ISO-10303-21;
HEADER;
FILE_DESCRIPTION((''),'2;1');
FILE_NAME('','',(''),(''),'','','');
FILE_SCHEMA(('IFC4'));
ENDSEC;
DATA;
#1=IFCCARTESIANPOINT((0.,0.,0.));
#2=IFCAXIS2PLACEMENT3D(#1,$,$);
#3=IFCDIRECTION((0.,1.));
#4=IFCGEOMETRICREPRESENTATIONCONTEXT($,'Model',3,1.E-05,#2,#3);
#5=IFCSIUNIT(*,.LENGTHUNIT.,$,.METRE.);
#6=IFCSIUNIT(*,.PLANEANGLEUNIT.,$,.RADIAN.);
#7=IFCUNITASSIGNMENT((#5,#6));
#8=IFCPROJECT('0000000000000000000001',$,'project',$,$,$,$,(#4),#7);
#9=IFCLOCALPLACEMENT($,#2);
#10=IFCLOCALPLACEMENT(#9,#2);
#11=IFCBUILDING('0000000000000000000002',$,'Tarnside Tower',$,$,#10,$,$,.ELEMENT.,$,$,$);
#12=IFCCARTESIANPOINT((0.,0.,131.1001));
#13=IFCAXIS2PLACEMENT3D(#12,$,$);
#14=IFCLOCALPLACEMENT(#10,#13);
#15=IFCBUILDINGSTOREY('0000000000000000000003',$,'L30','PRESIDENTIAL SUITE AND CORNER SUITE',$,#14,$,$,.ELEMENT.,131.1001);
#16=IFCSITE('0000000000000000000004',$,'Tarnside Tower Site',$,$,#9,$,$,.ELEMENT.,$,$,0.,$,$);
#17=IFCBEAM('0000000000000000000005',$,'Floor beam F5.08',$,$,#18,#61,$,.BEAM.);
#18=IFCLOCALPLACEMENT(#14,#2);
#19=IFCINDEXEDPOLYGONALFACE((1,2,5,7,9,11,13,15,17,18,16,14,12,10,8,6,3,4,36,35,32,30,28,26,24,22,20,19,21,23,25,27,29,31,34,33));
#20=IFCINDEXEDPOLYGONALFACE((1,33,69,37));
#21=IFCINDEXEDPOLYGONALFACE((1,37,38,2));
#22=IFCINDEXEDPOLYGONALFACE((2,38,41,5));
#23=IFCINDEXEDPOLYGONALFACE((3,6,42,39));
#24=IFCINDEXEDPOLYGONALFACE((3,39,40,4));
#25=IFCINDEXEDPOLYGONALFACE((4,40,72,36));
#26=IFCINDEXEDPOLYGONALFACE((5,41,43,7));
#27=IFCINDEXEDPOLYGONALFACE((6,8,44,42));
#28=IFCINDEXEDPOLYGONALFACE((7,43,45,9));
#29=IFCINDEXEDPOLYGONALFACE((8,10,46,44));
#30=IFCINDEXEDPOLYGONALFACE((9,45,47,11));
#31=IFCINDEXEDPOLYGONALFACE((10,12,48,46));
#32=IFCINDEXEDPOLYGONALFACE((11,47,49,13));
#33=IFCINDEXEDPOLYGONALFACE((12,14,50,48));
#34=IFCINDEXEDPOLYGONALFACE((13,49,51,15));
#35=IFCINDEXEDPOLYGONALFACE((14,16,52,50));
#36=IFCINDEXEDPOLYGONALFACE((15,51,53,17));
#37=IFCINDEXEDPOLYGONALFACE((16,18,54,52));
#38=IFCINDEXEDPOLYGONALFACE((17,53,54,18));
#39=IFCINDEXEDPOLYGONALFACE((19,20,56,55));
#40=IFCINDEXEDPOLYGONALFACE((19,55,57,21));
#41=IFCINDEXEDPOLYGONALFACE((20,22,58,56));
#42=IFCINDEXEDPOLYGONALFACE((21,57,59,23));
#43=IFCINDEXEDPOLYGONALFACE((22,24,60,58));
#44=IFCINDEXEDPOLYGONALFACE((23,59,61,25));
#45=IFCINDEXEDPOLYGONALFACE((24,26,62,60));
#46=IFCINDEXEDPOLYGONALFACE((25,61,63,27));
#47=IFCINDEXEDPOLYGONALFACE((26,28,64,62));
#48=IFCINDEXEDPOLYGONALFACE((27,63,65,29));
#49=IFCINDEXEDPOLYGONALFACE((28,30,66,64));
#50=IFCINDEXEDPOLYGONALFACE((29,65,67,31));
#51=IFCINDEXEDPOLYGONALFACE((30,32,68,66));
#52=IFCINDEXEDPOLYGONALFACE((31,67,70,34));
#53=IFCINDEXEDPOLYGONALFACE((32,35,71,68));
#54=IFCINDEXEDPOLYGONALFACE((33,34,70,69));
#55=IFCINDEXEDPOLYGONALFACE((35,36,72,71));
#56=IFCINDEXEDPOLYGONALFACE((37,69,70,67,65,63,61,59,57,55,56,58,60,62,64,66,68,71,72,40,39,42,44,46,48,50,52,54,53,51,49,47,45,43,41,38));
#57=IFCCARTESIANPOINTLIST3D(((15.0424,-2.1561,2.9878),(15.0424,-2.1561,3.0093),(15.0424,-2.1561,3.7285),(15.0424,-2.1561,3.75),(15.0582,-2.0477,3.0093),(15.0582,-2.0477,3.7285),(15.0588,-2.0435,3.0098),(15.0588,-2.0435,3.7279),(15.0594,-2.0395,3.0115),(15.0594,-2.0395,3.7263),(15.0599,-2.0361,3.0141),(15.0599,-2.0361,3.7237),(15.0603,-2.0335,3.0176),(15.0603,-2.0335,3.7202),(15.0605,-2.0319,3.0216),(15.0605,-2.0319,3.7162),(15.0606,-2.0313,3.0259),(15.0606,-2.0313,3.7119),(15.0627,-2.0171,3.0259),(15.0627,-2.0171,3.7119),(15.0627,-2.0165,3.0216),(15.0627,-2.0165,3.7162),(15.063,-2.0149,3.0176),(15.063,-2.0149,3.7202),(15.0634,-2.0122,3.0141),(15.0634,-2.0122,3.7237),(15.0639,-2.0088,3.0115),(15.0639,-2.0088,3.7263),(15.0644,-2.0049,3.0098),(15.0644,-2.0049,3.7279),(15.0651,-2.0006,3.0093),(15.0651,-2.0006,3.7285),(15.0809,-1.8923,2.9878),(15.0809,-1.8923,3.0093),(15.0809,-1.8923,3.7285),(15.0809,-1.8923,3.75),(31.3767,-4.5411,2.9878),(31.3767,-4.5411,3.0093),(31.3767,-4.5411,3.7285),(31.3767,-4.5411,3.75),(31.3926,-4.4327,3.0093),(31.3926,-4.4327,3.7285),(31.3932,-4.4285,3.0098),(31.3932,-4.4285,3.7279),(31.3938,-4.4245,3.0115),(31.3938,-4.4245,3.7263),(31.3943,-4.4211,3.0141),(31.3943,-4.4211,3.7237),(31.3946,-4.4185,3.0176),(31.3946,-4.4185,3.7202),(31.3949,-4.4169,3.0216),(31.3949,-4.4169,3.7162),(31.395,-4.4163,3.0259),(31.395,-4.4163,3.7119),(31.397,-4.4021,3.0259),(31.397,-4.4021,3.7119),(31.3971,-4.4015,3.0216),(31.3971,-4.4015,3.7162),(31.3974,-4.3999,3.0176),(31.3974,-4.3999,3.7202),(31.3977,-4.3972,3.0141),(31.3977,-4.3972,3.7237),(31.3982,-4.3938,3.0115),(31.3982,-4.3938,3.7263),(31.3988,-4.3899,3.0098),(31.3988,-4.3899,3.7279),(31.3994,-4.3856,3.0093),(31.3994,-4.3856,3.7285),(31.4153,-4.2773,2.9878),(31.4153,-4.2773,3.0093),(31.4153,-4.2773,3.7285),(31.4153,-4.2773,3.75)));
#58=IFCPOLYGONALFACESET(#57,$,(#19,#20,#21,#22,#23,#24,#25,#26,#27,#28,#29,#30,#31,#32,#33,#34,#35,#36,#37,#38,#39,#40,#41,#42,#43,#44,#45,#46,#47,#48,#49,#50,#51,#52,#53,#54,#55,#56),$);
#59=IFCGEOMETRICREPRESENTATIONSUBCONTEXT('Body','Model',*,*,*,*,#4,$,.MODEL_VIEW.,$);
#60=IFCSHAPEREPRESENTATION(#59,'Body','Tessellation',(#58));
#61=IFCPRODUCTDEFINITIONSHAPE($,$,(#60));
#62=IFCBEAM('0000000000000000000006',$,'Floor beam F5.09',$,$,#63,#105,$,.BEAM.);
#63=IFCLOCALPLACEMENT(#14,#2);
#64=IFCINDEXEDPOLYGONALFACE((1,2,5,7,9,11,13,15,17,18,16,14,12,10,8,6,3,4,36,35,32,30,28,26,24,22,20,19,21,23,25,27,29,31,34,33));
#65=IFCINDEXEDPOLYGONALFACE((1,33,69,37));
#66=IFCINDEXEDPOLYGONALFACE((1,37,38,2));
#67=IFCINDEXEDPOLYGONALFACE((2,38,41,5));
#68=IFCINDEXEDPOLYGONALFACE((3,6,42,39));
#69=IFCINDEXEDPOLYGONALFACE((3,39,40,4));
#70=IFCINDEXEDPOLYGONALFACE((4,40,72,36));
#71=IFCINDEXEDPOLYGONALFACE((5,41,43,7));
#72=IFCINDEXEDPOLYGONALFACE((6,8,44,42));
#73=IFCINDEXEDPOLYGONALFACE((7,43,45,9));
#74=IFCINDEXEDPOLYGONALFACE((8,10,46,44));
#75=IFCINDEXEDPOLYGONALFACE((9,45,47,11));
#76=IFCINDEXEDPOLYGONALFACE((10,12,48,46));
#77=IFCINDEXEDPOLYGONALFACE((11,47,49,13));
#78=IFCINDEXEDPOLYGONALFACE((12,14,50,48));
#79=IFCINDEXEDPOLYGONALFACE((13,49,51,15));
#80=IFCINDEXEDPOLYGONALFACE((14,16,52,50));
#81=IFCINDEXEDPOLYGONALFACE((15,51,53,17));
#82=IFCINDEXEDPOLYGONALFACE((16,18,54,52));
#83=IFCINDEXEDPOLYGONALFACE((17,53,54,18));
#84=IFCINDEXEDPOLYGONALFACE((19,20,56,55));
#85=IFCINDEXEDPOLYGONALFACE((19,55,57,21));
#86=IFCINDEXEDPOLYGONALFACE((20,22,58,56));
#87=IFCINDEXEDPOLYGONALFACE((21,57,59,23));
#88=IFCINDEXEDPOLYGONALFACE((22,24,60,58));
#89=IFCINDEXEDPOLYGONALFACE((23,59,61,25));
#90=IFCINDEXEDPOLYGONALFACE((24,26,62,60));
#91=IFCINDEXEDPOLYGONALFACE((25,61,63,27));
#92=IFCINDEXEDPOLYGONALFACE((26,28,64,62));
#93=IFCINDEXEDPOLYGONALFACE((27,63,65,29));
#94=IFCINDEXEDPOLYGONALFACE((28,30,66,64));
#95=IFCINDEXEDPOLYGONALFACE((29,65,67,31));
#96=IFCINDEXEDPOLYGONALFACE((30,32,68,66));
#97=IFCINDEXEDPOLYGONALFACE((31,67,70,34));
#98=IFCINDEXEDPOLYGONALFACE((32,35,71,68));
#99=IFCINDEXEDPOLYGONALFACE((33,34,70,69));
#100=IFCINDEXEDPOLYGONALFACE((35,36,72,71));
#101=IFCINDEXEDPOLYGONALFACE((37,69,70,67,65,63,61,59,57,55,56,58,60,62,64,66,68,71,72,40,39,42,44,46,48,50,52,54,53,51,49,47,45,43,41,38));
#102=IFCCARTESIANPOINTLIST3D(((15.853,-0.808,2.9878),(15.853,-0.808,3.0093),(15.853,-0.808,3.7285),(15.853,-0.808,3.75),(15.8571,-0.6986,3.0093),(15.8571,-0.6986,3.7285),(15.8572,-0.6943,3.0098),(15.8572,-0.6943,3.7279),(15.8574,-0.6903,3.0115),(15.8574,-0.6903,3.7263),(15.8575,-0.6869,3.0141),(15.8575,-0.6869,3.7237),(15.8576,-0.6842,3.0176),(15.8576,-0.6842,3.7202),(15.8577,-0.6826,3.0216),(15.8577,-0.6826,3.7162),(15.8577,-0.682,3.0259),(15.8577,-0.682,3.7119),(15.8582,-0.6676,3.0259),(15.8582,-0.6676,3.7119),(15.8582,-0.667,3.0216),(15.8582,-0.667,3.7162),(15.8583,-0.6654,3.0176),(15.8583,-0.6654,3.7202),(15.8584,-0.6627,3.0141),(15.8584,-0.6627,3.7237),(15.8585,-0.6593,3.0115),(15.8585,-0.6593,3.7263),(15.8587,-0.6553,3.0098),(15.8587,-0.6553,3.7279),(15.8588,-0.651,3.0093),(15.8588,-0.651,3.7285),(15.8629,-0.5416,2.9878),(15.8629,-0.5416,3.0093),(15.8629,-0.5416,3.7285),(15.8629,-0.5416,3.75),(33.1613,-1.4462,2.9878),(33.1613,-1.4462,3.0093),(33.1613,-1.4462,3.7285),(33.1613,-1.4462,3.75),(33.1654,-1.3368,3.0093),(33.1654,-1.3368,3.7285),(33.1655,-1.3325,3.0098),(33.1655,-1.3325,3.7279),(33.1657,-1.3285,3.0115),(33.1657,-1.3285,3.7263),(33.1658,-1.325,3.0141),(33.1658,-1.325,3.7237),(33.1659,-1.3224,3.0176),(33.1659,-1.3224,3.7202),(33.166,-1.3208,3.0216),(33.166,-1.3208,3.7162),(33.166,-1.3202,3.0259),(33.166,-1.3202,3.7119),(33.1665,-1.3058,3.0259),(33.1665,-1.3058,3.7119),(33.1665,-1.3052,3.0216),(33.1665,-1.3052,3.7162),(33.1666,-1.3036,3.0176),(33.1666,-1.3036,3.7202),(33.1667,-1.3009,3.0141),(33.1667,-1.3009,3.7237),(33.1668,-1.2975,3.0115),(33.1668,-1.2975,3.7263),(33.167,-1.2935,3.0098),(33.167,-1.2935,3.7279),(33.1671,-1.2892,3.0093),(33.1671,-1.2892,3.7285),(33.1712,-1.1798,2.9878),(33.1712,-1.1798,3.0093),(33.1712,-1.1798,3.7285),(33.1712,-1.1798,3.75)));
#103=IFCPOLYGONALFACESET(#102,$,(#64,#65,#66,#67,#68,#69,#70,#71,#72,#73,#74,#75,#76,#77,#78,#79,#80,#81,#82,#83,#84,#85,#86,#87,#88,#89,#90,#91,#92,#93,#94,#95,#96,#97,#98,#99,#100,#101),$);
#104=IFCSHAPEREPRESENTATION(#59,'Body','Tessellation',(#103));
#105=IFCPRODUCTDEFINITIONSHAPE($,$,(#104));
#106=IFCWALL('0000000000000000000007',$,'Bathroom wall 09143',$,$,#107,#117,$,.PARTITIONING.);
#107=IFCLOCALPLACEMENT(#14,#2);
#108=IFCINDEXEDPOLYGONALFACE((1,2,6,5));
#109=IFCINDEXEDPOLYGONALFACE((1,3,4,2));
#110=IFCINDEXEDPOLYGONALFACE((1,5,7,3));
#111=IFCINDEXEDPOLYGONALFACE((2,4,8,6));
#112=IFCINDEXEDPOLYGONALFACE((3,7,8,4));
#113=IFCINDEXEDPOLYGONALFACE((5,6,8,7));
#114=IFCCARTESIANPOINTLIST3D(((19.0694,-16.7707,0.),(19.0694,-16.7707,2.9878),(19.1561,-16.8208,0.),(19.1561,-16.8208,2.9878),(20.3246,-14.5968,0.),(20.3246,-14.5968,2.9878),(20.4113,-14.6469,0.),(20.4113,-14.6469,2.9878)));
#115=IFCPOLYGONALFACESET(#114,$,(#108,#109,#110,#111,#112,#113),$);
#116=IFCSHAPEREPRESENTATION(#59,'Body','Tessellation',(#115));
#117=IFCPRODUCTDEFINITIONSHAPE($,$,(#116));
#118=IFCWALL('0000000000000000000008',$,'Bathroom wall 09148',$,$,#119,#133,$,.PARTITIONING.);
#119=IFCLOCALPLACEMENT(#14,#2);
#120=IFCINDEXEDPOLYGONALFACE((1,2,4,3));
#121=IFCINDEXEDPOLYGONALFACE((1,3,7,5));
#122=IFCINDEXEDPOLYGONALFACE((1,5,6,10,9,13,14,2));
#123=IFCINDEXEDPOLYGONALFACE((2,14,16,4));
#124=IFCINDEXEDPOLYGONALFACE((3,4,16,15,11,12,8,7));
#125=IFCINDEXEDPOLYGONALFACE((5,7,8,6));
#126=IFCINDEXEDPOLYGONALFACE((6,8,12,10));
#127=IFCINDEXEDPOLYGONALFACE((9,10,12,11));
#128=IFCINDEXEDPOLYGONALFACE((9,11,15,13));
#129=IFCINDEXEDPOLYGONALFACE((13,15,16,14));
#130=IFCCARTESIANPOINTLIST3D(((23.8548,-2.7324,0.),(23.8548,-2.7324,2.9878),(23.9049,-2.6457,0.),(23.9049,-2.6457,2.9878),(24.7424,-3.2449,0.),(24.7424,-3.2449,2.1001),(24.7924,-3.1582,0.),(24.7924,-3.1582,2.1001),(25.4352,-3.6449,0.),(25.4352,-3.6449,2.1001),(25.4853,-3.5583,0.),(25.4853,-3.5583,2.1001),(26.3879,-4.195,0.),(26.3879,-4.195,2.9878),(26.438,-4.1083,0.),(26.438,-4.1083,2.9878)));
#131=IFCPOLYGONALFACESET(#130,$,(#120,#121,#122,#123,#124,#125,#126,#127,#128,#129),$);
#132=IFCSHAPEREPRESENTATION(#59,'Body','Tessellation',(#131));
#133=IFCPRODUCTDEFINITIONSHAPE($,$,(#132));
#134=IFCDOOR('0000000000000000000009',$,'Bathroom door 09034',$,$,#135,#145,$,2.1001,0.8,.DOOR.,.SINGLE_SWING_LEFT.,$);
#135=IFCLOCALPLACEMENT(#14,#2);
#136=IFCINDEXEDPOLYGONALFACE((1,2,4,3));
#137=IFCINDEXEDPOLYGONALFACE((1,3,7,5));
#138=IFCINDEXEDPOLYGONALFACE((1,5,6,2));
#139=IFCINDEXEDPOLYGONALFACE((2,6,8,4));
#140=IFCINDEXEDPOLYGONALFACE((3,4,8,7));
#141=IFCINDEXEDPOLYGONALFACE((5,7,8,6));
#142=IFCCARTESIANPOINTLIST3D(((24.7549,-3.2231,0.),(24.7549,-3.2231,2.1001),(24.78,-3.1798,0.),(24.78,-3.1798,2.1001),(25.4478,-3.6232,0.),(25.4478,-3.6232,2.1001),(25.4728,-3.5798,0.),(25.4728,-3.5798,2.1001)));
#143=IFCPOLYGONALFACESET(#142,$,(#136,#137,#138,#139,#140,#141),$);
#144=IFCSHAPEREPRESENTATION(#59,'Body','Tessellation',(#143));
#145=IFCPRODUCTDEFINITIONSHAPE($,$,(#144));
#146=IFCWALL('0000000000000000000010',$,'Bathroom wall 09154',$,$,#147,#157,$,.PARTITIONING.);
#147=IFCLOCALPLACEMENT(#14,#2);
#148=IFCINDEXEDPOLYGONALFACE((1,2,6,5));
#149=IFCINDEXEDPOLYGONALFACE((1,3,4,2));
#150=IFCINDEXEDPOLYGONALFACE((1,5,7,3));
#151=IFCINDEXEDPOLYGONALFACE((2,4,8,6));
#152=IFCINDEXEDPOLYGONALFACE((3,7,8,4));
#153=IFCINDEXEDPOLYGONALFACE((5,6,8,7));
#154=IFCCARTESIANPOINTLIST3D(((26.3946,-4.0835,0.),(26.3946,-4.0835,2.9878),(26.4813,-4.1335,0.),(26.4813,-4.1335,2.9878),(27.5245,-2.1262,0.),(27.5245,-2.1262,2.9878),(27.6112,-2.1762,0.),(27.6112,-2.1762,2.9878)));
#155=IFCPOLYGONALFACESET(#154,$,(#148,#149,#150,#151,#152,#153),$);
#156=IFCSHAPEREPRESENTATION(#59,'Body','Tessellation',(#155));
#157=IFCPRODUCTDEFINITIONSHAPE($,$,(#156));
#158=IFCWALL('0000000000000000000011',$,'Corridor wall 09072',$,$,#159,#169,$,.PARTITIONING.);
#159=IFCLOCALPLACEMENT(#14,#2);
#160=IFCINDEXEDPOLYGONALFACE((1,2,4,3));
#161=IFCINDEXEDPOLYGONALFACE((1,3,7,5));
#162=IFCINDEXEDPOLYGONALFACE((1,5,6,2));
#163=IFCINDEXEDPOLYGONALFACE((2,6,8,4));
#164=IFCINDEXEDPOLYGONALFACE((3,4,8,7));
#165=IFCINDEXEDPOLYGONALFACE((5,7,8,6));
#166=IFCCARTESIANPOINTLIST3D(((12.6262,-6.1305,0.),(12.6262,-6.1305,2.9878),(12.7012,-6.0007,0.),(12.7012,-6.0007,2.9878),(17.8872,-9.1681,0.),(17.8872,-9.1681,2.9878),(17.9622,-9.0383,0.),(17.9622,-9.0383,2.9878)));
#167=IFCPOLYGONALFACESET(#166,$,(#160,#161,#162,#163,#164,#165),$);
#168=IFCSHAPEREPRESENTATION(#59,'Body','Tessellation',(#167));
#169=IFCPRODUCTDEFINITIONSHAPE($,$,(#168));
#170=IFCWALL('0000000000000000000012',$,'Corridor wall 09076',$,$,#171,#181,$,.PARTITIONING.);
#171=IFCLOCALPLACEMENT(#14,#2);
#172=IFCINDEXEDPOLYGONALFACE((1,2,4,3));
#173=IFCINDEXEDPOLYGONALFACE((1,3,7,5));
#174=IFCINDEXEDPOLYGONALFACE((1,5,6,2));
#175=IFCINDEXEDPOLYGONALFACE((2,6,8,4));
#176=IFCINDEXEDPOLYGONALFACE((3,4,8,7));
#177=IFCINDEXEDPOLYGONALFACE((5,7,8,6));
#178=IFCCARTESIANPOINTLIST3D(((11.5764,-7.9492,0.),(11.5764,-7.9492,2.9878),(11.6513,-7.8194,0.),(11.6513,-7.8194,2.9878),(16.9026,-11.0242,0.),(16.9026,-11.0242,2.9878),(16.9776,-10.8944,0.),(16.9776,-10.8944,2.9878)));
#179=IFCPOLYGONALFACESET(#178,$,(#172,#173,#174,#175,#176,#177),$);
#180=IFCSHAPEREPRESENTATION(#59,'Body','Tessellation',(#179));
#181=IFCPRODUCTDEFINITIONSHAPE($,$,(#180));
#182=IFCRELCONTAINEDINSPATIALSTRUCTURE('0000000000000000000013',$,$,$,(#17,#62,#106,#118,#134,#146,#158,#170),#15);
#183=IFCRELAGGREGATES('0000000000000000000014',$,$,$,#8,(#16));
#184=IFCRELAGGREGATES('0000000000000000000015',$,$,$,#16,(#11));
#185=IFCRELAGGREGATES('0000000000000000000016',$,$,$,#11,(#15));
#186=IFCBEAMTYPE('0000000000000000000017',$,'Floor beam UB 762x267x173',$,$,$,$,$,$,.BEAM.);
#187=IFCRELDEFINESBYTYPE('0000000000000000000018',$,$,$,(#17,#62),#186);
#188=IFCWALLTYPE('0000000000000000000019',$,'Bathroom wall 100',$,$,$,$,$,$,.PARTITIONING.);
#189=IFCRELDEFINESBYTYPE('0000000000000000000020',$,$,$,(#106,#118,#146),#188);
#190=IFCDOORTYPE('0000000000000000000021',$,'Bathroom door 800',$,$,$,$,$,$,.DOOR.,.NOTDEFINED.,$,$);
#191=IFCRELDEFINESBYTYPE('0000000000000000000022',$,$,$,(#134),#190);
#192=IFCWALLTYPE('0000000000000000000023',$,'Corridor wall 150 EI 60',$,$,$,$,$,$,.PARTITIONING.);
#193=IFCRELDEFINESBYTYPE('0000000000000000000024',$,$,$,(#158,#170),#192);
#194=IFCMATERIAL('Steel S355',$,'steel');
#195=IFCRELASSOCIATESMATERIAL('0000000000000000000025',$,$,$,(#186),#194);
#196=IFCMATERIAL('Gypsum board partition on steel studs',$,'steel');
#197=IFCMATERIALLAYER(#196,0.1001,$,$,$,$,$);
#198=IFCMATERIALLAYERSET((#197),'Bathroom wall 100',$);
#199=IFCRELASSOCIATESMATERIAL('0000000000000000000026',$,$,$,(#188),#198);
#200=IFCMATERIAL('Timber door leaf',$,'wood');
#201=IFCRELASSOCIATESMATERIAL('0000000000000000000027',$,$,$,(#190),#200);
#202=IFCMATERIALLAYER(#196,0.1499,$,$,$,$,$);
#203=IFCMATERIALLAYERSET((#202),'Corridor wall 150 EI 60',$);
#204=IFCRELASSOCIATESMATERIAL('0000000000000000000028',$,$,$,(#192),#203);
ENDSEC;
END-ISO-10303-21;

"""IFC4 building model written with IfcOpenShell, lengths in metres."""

from ifc_helpers import new_model, si_unit, direction, frame, frame_2d, origin, origin_2d, place, context, subcontext, project, spatial, rectangle, i_section, extrude, material, layer, layer_set, material_profile, profile_set, type_object, element, fill, save


model = new_model("IFC4")

# Units and contexts
model_context = context("Model", 3, precision=1e-05, world=origin(), true_north=direction((0.0, 1.0)))
body_context = subcontext(model_context, "Body", "Model", "MODEL_VIEW")
ifc_project = project(units=[si_unit("LENGTHUNIT", "METRE"), si_unit("PLANEANGLEUNIT", "RADIAN")], contexts=[model_context])

# Site, building, storey
site_placement = place(None, origin())
site = spatial("IfcSite", under=ifc_project, at=site_placement, Name="Tarnside Tower Site", CompositionType="ELEMENT", RefElevation=0.0)
building_placement = place(site_placement, origin())
building = spatial("IfcBuilding", under=site, at=building_placement, Name="Tarnside Tower", CompositionType="ELEMENT")
storey_placement = place(building_placement, frame((0.0, 0.0, 131.1001)))
storey = spatial("IfcBuildingStorey", under=building, at=storey_placement, Name="L30", Description="PRESIDENTIAL SUITE AND CORNER SUITE", CompositionType="ELEMENT", Elevation=131.1001)

# Beams
ifc_material_1 = material(Name="Steel S355", Category="steel")
ifc_material_profile_1 = material_profile(ifc_material_1, i_section(OverallWidth=0.2666, OverallDepth=0.7622, WebThickness=0.0144, FlangeThickness=0.0215, FilletRadius=0.0166, at=origin_2d()), Name="UB 762x267x173")
ifc_profile_set_1 = profile_set([ifc_material_profile_1], Name="Steel S355")
beam_type_1 = type_object("IfcBeamType", Name="Floor beam UB 762x267x173", PredefinedType="BEAM", material=ifc_profile_set_1)
beam_1_placement = place(storey_placement, frame((31.396, -4.4092, 3.3689), z_axis=(-0.989508, 0.144479, 0.0), x_axis=(-0.144479, -0.989508, 0.0)))
element("IfcBeam", 1, at=beam_1_placement, inside=storey, type_object=beam_type_1, Name="Floor beam F5.08", PredefinedType="BEAM", context=body_context, shape_type="SweptSolid", body=[
    extrude(i_section(OverallWidth=0.2666, OverallDepth=0.7622, WebThickness=0.0144, FlangeThickness=0.0215, FilletRadius=0.0166, at=origin_2d()), origin(), (0.0, 0.0, 1.0), 16.5076),
])
beam_2_placement = place(storey_placement, frame((33.1663, -1.313, 3.3689), z_axis=(-0.999321, 0.036846, 0.0), x_axis=(-0.036846, -0.999321, 0.0)))
element("IfcBeam", 2, at=beam_2_placement, inside=storey, type_object=beam_type_1, Name="Floor beam F5.09", PredefinedType="BEAM", context=body_context, shape_type="SweptSolid", body=[
    extrude(i_section(OverallWidth=0.2666, OverallDepth=0.7622, WebThickness=0.0144, FlangeThickness=0.0215, FilletRadius=0.0166, at=origin_2d()), origin(), (0.0, 0.0, 1.0), 17.3201),
])

# Wall
ifc_material_2 = material(Name="Gypsum board partition on steel studs", Category="steel")
ifc_layer_1 = layer(ifc_material_2, 0.1001)
ifc_layer_set_1 = layer_set([ifc_layer_1], Name="Bathroom wall 100")
wall_type_1 = type_object("IfcWallType", Name="Bathroom wall 100", PredefinedType="PARTITIONING", material=ifc_layer_set_1)
wall_1_placement = place(storey_placement, frame((20.3679, -14.6218, 0.0), z_axis=(0.0, 0.0, 1.0), x_axis=(-0.50002, -0.866014, 0.0)))
element("IfcWall", 3, at=wall_1_placement, inside=storey, type_object=wall_type_1, Name="Bathroom wall 09143", PredefinedType="PARTITIONING", context=body_context, shape_type="SweptSolid", body=[
    extrude(rectangle(XDim=2.5103, YDim=0.1001, at=frame_2d((1.2551, 0.0))), origin(), (0.0, 0.0, 1.0), 2.9878),
])

# Wall, opening, door
wall_2_placement = place(storey_placement, frame((26.4128, -4.1516, 0.0), z_axis=(0.0, 0.0, 1.0), x_axis=(-0.86601, 0.500026, 0.0)))
wall_2 = element("IfcWall", 4, at=wall_2_placement, inside=storey, type_object=wall_type_1, Name="Bathroom wall 09148", PredefinedType="PARTITIONING", context=body_context, shape_type="SweptSolid", body=[
    extrude(rectangle(XDim=2.925, YDim=0.1001, at=frame_2d((1.4624, 0.0))), origin(), (0.0, 0.0, 1.0), 2.9878),
])
opening_1_placement = place(wall_2_placement, frame((1.1001, 0.0, 0.0)))
opening_1 = element("IfcOpeningElement", 5, at=opening_1_placement, cuts=wall_2, PredefinedType="OPENING", context=body_context, shape_type="SweptSolid", body=[
    extrude(rectangle(XDim=0.8, YDim=2.1001, at=frame_2d((0.3999, 1.05))), frame((0.0, 0.0601, 0.0), z_axis=(0.0, -1.0, 0.0), x_axis=(1.0, 0.0, 0.0)), (0.0, 0.0, 1.0), 0.1201),
])
ifc_material_3 = material(Name="Timber door leaf", Category="wood")
door_type_1 = type_object("IfcDoorType", Name="Bathroom door 800", OperationType="NOTDEFINED", PredefinedType="DOOR", material=ifc_material_3)
door_1_placement = place(opening_1_placement, origin())
door_1 = element("IfcDoor", 6, at=door_1_placement, inside=storey, type_object=door_type_1, Name="Bathroom door 09034", OperationType="SINGLE_SWING_LEFT", OverallHeight=2.1001, OverallWidth=0.8, PredefinedType="DOOR", context=body_context, shape_type="SweptSolid", body=[
    extrude(rectangle(XDim=0.8, YDim=2.1001, at=frame_2d((0.3999, 1.05))), frame((0.0, 0.0249, 0.0), z_axis=(0.0, -1.0, 0.0), x_axis=(1.0, 0.0, 0.0)), (0.0, 0.0, 1.0), 0.05),
])
fill(opening_1, door_1)

# Walls
wall_3_placement = place(storey_placement, frame((26.438, -4.1084, 0.0), z_axis=(0.0, 0.0, 1.0), x_axis=(0.49995, 0.866054, 0.0)))
element("IfcWall", 7, at=wall_3_placement, inside=storey, type_object=wall_type_1, Name="Bathroom wall 09154", PredefinedType="PARTITIONING", context=body_context, shape_type="SweptSolid", body=[
    extrude(rectangle(XDim=2.26, YDim=0.1001, at=frame_2d((1.1299, 0.0))), origin(), (0.0, 0.0, 1.0), 2.9878),
])
ifc_layer_2 = layer(ifc_material_2, 0.1499)
ifc_layer_set_2 = layer_set([ifc_layer_2], Name="Corridor wall 150 EI 60")
wall_type_2 = type_object("IfcWallType", Name="Corridor wall 150 EI 60", PredefinedType="PARTITIONING", material=ifc_layer_set_2)
wall_4_placement = place(storey_placement, frame((17.9248, -9.1033, 0.0), z_axis=(0.0, 0.0, 1.0), x_axis=(-0.866014, 0.50002, 0.0)))
element("IfcWall", 8, at=wall_4_placement, inside=storey, type_object=wall_type_2, Name="Corridor wall 09072", PredefinedType="PARTITIONING", context=body_context, shape_type="SweptSolid", body=[
    extrude(rectangle(XDim=6.075, YDim=0.1499, at=frame_2d((3.0376, 0.0))), origin(), (0.0, 0.0, 1.0), 2.9878),
])
wall_5_placement = place(storey_placement, frame((11.6138, -7.8843, 0.0), z_axis=(0.0, 0.0, 1.0), x_axis=(0.866034, -0.499986, 0.0)))
element("IfcWall", 9, at=wall_5_placement, inside=storey, type_object=wall_type_2, Name="Corridor wall 09076", PredefinedType="PARTITIONING", context=body_context, shape_type="SweptSolid", body=[
    extrude(rectangle(XDim=6.1501, YDim=0.1499, at=frame_2d((3.0752, 0.0))), origin(), (0.0, 0.0, 1.0), 2.9878),
])

save(model, "model.ifc")
